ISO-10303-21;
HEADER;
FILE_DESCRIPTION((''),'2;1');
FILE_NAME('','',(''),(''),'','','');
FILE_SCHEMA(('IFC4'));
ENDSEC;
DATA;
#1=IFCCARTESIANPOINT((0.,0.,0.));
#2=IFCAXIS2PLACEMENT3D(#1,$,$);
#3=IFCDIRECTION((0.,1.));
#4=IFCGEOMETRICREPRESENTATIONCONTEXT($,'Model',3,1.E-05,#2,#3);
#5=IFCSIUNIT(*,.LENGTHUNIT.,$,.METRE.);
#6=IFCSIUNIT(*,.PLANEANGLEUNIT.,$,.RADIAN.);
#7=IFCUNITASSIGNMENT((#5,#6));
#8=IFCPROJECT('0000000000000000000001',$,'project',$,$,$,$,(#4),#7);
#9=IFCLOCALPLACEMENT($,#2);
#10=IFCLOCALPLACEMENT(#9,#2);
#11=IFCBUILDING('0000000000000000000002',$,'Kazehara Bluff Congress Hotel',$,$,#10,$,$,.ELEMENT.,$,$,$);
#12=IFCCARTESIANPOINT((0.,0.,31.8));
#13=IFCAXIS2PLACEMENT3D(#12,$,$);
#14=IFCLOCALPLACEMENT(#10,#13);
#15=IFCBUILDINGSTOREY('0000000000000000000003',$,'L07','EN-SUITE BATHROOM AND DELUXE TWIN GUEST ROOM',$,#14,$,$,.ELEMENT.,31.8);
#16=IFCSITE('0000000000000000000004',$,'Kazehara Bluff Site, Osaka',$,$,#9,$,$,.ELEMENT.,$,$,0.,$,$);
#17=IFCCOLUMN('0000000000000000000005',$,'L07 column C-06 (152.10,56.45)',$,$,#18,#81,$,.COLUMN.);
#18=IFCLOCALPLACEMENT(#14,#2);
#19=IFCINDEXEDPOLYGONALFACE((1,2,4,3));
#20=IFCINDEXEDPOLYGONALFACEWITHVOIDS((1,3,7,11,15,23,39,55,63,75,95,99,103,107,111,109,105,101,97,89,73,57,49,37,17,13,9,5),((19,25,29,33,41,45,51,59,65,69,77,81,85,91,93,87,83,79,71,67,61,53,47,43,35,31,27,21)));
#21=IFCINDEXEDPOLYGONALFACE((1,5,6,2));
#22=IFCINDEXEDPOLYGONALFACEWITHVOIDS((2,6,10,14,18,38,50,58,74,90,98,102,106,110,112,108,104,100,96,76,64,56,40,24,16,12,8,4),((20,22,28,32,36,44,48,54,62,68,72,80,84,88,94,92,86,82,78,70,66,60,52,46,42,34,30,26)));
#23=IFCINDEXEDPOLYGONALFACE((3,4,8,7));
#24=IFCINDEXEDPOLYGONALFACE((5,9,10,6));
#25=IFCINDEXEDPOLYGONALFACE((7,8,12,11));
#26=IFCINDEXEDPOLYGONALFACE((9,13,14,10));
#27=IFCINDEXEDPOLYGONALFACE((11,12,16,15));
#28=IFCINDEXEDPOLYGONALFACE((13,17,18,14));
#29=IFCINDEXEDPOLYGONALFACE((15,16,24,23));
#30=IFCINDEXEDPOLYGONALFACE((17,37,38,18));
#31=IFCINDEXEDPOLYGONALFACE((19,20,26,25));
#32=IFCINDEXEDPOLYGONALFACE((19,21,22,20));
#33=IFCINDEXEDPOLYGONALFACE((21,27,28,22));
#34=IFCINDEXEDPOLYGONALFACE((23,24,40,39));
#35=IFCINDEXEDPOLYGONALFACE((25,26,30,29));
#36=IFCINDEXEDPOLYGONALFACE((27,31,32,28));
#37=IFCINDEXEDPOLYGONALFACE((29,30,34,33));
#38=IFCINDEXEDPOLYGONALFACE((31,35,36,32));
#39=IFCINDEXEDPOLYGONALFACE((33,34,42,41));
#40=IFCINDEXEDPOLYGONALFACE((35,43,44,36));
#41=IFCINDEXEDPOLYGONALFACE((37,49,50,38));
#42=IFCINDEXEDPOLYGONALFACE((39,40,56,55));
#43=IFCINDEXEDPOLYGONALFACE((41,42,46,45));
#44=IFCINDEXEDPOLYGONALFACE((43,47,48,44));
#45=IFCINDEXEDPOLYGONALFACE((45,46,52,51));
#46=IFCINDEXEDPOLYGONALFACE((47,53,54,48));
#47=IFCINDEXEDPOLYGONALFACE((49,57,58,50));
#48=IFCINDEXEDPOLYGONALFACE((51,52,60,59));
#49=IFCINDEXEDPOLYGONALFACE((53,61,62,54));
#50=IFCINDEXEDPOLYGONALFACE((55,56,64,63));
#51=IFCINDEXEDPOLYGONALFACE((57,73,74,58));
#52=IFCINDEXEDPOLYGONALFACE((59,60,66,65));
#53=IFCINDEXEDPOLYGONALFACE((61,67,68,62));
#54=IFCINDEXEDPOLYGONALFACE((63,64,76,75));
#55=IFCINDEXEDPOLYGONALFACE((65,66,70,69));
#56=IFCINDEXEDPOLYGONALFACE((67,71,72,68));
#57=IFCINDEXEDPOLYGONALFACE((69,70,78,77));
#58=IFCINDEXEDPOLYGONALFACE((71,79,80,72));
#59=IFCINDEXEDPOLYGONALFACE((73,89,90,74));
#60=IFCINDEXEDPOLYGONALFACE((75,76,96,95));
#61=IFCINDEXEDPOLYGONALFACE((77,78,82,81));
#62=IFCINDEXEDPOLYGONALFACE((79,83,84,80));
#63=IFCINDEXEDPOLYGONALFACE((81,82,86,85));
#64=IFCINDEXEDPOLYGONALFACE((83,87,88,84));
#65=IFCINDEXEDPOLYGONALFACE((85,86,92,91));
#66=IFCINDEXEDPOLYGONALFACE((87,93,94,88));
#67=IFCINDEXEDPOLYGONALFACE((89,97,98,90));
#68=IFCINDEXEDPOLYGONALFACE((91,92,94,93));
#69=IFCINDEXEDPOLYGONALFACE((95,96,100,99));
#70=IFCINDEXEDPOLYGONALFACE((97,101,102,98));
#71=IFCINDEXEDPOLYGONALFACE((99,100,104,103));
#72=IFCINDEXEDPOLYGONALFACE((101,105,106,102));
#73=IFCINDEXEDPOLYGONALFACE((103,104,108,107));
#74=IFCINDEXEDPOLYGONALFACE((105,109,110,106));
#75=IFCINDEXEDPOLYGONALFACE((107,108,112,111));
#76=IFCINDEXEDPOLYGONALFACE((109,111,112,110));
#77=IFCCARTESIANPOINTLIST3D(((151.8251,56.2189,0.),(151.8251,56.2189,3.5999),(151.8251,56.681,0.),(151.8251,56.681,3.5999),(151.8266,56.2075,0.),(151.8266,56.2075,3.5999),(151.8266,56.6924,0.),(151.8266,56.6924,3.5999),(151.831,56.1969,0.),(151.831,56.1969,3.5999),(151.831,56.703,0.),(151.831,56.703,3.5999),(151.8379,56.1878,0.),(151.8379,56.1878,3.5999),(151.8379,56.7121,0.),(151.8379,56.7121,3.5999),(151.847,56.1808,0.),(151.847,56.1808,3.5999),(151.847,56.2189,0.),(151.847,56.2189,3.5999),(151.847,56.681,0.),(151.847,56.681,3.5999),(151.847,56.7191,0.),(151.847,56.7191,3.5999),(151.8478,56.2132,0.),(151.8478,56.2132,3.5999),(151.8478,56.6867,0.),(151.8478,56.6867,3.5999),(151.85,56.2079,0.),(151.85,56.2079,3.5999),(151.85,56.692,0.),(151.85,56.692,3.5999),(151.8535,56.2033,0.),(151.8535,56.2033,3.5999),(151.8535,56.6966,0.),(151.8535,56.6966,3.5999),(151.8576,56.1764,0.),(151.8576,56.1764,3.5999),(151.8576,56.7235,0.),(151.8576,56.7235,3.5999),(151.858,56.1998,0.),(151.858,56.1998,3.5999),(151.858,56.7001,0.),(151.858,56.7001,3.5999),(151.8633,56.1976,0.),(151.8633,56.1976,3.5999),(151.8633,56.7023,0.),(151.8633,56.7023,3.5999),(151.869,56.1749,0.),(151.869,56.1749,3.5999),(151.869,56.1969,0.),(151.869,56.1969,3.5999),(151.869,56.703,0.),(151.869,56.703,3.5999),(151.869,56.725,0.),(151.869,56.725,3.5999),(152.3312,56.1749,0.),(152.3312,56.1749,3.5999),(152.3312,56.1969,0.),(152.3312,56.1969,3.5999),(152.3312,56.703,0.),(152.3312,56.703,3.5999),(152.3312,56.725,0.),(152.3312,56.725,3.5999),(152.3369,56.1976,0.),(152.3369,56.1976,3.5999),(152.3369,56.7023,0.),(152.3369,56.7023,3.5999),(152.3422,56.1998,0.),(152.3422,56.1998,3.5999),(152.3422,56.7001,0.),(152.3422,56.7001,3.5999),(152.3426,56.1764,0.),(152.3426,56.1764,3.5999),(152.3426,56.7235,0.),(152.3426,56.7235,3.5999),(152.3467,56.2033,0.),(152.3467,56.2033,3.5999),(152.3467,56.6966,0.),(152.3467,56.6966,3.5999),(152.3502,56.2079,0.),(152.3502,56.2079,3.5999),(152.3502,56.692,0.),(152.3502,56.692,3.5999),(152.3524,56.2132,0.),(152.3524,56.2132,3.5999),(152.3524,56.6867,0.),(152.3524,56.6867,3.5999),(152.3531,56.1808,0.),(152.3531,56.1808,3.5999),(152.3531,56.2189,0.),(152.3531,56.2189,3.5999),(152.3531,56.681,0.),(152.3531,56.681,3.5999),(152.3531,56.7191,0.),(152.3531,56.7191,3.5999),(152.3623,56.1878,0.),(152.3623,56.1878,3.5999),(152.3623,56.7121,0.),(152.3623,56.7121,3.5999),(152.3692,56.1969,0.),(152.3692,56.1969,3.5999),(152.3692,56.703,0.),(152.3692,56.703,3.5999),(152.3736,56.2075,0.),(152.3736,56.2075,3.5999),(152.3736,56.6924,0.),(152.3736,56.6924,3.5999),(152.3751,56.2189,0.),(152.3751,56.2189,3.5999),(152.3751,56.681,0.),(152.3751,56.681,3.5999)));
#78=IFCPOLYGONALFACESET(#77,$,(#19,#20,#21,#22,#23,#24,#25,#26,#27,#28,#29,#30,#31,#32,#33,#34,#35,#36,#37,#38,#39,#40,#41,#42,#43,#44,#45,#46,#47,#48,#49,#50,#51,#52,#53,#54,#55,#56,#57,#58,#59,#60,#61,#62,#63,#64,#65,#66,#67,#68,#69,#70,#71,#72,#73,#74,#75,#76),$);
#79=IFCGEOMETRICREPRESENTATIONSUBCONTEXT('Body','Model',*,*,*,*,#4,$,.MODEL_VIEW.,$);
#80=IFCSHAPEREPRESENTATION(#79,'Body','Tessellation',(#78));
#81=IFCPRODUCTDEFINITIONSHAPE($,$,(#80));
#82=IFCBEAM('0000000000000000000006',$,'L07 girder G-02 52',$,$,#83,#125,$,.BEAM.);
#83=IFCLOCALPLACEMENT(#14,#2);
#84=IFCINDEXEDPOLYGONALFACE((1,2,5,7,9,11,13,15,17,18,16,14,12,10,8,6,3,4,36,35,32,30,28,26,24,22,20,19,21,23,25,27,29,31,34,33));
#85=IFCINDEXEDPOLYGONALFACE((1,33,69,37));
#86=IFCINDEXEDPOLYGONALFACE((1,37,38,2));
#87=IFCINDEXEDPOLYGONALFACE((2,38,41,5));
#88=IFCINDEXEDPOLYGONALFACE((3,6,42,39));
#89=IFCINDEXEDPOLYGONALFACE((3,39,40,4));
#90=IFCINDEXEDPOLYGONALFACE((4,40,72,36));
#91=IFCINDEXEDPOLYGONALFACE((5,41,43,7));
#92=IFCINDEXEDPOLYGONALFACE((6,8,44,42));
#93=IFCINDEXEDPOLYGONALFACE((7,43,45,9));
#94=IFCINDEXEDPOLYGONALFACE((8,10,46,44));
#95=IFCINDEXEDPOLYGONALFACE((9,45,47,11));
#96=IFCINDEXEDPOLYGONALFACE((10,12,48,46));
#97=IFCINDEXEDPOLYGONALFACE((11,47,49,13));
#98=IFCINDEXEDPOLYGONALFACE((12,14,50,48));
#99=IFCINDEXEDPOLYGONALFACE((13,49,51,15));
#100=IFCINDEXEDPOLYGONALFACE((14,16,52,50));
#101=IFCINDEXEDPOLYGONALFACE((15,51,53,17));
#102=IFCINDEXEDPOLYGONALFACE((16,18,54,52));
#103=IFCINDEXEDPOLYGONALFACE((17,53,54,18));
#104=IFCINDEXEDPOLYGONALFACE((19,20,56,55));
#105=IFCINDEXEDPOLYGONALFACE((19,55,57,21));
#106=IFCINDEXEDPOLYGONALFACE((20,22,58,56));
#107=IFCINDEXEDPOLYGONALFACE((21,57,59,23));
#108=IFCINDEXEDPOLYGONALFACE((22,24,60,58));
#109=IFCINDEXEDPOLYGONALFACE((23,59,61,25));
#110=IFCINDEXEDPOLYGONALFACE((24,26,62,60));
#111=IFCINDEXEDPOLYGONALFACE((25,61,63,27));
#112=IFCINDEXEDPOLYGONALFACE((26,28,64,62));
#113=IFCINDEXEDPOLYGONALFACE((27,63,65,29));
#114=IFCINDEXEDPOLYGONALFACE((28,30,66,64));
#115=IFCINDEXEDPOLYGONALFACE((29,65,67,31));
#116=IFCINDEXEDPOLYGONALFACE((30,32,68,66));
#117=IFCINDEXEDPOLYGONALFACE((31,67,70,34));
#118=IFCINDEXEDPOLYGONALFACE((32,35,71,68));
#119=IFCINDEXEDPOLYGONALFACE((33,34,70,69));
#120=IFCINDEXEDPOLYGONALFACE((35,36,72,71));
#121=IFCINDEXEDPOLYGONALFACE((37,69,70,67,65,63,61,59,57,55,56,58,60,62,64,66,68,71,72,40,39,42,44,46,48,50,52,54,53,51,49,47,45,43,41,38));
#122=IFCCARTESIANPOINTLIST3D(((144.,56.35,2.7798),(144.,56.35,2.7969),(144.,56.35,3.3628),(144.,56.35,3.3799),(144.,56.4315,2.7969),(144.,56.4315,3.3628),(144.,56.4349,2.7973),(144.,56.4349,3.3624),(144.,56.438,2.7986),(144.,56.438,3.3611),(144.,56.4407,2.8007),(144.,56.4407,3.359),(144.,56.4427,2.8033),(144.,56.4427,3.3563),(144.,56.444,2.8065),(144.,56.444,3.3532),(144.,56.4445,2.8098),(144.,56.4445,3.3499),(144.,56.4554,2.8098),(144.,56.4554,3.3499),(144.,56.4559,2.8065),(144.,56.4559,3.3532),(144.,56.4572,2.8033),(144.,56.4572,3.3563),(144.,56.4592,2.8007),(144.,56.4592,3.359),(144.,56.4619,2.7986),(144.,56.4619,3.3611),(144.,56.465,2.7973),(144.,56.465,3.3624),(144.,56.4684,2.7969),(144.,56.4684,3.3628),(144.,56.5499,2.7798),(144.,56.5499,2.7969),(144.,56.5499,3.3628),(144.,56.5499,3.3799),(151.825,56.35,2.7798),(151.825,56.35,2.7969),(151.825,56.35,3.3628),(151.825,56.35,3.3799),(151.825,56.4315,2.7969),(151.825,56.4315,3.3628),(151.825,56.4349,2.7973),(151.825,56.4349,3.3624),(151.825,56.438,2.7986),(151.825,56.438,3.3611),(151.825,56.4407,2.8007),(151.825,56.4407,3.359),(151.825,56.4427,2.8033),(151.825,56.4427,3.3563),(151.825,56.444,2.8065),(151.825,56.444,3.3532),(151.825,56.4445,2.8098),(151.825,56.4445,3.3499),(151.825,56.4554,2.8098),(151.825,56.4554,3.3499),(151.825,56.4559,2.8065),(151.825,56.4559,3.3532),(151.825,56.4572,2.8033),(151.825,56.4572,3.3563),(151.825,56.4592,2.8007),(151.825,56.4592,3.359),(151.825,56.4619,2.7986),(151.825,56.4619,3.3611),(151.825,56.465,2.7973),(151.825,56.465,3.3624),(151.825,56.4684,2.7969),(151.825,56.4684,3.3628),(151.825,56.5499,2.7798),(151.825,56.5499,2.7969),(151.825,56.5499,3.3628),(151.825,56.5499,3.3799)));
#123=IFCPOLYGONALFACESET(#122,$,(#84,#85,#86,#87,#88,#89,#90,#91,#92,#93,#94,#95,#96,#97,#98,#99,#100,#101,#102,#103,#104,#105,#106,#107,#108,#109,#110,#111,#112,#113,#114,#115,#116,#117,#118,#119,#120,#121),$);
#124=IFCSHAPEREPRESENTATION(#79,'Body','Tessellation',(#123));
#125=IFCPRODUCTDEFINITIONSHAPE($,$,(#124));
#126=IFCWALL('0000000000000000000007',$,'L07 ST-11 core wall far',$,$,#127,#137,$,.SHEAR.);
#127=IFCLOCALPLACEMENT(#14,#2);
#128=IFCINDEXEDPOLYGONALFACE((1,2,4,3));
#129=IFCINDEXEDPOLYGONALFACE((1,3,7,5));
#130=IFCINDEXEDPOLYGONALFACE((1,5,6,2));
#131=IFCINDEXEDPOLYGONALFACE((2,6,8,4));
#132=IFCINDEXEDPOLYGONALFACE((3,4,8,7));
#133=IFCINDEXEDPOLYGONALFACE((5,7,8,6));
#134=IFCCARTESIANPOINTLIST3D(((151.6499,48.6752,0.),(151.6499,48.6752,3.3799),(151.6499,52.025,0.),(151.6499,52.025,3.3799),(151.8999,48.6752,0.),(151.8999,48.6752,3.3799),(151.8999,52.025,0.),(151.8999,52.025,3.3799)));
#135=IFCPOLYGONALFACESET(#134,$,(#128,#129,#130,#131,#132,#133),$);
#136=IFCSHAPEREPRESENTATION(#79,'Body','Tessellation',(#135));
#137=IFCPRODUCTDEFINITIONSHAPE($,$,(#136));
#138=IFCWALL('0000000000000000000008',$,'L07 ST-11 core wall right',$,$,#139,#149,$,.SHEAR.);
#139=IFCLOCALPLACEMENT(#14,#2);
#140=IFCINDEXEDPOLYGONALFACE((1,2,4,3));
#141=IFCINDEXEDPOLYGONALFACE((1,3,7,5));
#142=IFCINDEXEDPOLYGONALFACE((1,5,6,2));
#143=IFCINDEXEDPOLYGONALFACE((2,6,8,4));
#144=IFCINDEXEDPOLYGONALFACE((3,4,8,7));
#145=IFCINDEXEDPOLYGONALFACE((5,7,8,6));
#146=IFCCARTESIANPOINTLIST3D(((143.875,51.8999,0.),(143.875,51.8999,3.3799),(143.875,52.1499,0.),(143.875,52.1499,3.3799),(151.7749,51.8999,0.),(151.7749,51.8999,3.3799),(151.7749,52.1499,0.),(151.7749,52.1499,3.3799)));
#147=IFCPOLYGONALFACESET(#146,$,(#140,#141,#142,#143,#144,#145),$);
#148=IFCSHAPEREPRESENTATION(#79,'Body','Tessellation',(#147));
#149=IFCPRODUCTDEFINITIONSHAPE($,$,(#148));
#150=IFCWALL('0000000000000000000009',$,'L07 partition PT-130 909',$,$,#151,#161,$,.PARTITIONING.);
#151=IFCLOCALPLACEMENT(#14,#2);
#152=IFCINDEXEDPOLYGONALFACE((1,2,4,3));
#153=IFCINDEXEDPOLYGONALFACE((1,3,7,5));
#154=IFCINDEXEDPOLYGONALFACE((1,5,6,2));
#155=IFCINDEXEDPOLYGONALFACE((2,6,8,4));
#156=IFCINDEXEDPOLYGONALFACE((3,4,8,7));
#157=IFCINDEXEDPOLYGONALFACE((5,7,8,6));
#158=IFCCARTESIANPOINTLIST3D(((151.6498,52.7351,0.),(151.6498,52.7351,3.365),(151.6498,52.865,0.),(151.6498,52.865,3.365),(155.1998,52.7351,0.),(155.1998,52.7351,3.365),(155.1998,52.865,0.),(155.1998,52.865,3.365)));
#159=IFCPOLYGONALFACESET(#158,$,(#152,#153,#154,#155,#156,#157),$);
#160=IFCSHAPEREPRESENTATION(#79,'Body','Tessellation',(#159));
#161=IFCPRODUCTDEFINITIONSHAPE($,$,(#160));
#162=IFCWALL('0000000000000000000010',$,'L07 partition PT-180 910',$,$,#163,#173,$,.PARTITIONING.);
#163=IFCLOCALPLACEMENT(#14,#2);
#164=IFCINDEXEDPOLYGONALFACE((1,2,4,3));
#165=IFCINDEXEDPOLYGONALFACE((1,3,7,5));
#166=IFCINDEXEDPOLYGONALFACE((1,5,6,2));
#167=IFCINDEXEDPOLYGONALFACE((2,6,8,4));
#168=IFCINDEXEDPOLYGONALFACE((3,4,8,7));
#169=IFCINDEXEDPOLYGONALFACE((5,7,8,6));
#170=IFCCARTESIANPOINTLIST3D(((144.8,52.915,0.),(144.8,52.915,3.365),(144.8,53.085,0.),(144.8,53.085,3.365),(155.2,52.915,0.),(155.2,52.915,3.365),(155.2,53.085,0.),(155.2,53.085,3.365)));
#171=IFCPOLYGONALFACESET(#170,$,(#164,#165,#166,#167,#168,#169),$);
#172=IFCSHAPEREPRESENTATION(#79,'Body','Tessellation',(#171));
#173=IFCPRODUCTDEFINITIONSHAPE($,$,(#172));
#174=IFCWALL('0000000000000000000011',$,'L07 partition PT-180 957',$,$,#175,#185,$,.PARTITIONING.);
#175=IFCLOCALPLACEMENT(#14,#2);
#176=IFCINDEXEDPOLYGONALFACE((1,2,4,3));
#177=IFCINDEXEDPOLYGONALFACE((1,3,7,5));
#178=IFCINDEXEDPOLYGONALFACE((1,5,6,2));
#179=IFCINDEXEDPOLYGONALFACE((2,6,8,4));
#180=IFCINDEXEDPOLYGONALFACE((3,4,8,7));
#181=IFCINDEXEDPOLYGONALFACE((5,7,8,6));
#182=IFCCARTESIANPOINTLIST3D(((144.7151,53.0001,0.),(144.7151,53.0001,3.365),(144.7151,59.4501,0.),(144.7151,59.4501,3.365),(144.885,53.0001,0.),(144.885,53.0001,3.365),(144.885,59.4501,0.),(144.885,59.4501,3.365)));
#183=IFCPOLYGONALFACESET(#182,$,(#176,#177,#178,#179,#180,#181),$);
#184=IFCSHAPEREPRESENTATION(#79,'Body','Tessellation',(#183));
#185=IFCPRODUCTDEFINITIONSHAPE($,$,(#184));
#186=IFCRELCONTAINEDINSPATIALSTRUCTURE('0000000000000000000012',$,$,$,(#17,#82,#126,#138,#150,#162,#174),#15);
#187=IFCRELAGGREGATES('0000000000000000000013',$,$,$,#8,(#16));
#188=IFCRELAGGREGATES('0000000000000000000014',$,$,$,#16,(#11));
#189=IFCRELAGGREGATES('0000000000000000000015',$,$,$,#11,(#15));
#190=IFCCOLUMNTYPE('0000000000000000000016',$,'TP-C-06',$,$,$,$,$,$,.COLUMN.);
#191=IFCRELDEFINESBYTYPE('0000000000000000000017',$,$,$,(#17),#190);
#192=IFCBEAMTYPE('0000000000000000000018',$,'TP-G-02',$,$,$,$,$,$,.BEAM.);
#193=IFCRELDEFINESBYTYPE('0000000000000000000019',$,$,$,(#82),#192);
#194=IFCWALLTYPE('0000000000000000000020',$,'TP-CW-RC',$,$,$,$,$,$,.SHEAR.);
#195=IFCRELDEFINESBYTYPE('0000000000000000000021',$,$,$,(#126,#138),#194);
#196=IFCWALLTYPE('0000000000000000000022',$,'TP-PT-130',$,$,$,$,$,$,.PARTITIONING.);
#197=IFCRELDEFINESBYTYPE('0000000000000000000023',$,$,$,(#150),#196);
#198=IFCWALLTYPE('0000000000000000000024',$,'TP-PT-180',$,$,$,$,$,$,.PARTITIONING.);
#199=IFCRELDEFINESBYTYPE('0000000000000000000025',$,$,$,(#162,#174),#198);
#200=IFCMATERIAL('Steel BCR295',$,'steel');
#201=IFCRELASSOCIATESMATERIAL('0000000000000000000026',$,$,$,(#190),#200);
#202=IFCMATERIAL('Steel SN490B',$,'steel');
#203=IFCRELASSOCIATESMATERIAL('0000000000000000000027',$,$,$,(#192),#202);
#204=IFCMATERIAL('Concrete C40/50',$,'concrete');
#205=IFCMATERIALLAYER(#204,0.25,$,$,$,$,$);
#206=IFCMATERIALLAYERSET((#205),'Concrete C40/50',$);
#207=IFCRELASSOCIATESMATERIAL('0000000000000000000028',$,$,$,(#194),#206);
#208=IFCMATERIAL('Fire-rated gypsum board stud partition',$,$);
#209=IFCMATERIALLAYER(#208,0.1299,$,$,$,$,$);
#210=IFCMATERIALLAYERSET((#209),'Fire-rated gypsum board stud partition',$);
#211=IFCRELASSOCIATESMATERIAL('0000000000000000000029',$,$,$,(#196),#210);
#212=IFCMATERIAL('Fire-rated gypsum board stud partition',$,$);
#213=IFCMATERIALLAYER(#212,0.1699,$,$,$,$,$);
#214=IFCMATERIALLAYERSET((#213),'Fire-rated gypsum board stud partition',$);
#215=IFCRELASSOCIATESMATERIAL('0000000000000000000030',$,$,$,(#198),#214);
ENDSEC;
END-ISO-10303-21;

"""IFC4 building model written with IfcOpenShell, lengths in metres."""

from ifc_helpers import new_model, si_unit, direction, frame, frame_2d, origin, origin_2d, place, context, subcontext, project, spatial, rectangle, hollow_rectangle, i_section, extrude, material, layer, layer_set, material_profile, profile_set, type_object, element, save


model = new_model("IFC4")

# Units and contexts
model_context = context("Model", 3, precision=1e-05, world=origin(), true_north=direction((0.0, 1.0)))
body_context = subcontext(model_context, "Body", "Model", "MODEL_VIEW")
ifc_project = project(units=[si_unit("LENGTHUNIT", "METRE"), si_unit("PLANEANGLEUNIT", "RADIAN")], contexts=[model_context])

# Site, building, storey
site_placement = place(None, origin())
site = spatial("IfcSite", under=ifc_project, at=site_placement, Name="Kazehara Bluff Site, Osaka", CompositionType="ELEMENT", RefElevation=0.0)
building_placement = place(site_placement, origin())
building = spatial("IfcBuilding", under=site, at=building_placement, Name="Kazehara Bluff Congress Hotel", CompositionType="ELEMENT")
storey_placement = place(building_placement, frame((0.0, 0.0, 31.8)))
storey = spatial("IfcBuildingStorey", under=building, at=storey_placement, Name="L07", Description="EN-SUITE BATHROOM AND DELUXE TWIN GUEST ROOM", CompositionType="ELEMENT", Elevation=31.8)

# Column
ifc_material_1 = material(Name="Steel BCR295", Category="steel")
ifc_material_profile_1 = material_profile(ifc_material_1, hollow_rectangle(XDim=0.55, YDim=0.55, WallThickness=0.022, InnerFilletRadius=0.022, OuterFilletRadius=0.0439, at=origin_2d()))
ifc_profile_set_1 = profile_set([ifc_material_profile_1], Name="Steel BCR295")
column_type = type_object("IfcColumnType", Name="TP-C-06", PredefinedType="COLUMN", material=ifc_profile_set_1)
column_placement = place(storey_placement, frame((152.1001, 56.45, 0.0), z_axis=(0.0, 0.0, 1.0), x_axis=(1.0, 0.0, 0.0)))
element("IfcColumn", 1, at=column_placement, inside=storey, type_object=column_type, Name="L07 column C-06 (152.10,56.45)", PredefinedType="COLUMN", context=body_context, shape_type="SweptSolid", body=[
    extrude(hollow_rectangle(XDim=0.55, YDim=0.55, WallThickness=0.022, InnerFilletRadius=0.022, OuterFilletRadius=0.0439, at=origin_2d()), origin(), (0.0, 0.0, 1.0), 3.5999),
])

# Beam
ifc_material_2 = material(Name="Steel SN490B", Category="steel")
ifc_material_profile_2 = material_profile(ifc_material_2, i_section(OverallWidth=0.2, OverallDepth=0.6001, WebThickness=0.011, FlangeThickness=0.0171, FilletRadius=0.0129, at=origin_2d()))
ifc_profile_set_2 = profile_set([ifc_material_profile_2], Name="Steel SN490B")
beam_type = type_object("IfcBeamType", Name="TP-G-02", PredefinedType="BEAM", material=ifc_profile_set_2)
beam_placement = place(storey_placement, frame((144.0, 56.45, 3.0798), z_axis=(1.0, 0.0, 0.0), x_axis=(0.0, 1.0, 0.0)))
element("IfcBeam", 2, at=beam_placement, inside=storey, type_object=beam_type, Name="L07 girder G-02 52", PredefinedType="BEAM", context=body_context, shape_type="SweptSolid", body=[
    extrude(i_section(OverallWidth=0.2, OverallDepth=0.6001, WebThickness=0.011, FlangeThickness=0.0171, FilletRadius=0.0129, at=origin_2d()), origin(), (0.0, 0.0, 1.0), 7.825),
])

# Walls
ifc_material_3 = material(Name="Concrete C40/50", Category="concrete")
ifc_layer_1 = layer(ifc_material_3, 0.25)
ifc_layer_set_1 = layer_set([ifc_layer_1], Name="Concrete C40/50")
wall_type_1 = type_object("IfcWallType", Name="TP-CW-RC", PredefinedType="SHEAR", material=ifc_layer_set_1)
wall_1_placement = place(storey_placement, frame((151.7749, 52.0249, 0.0), z_axis=(0.0, 0.0, 1.0), x_axis=(0.0, -1.0, 0.0)))
element("IfcWall", 3, at=wall_1_placement, inside=storey, type_object=wall_type_1, Name="L07 ST-11 core wall far", PredefinedType="SHEAR", context=body_context, shape_type="SweptSolid", body=[
    extrude(rectangle(XDim=3.3499, YDim=0.25, at=frame_2d((1.6748, 0.0))), origin(), (0.0, 0.0, 1.0), 3.3799),
])
wall_2_placement = place(storey_placement, frame((143.875, 52.0249, 0.0), z_axis=(0.0, 0.0, 1.0), x_axis=(1.0, 0.0, 0.0)))
element("IfcWall", 4, at=wall_2_placement, inside=storey, type_object=wall_type_1, Name="L07 ST-11 core wall right", PredefinedType="SHEAR", context=body_context, shape_type="SweptSolid", body=[
    extrude(rectangle(XDim=7.8999, YDim=0.25, at=frame_2d((3.95, 0.0))), origin(), (0.0, 0.0, 1.0), 3.3799),
])
ifc_material_4 = material(Name="Fire-rated gypsum board stud partition")
ifc_layer_2 = layer(ifc_material_4, 0.1299)
ifc_layer_set_2 = layer_set([ifc_layer_2], Name="Fire-rated gypsum board stud partition")
wall_type_2 = type_object("IfcWallType", Name="TP-PT-130", PredefinedType="PARTITIONING", material=ifc_layer_set_2)
wall_3_placement = place(storey_placement, frame((151.6499, 52.8, 0.0), z_axis=(0.0, 0.0, 1.0), x_axis=(1.0, 0.0, 0.0)))
element("IfcWall", 5, at=wall_3_placement, inside=storey, type_object=wall_type_2, Name="L07 partition PT-130 909", PredefinedType="PARTITIONING", context=body_context, shape_type="SweptSolid", body=[
    extrude(rectangle(XDim=3.55, YDim=0.1299, at=frame_2d((1.7749, 0.0))), origin(), (0.0, 0.0, 1.0), 3.365),
])
ifc_material_5 = material(Name="Fire-rated gypsum board stud partition")
ifc_layer_3 = layer(ifc_material_5, 0.1699)
ifc_layer_set_3 = layer_set([ifc_layer_3], Name="Fire-rated gypsum board stud partition")
wall_type_3 = type_object("IfcWallType", Name="TP-PT-180", PredefinedType="PARTITIONING", material=ifc_layer_set_3)
wall_4_placement = place(storey_placement, frame((144.8, 53.0, 0.0), z_axis=(0.0, 0.0, 1.0), x_axis=(1.0, 0.0, 0.0)))
element("IfcWall", 6, at=wall_4_placement, inside=storey, type_object=wall_type_3, Name="L07 partition PT-180 910", PredefinedType="PARTITIONING", context=body_context, shape_type="SweptSolid", body=[
    extrude(rectangle(XDim=10.3999, YDim=0.1699, at=frame_2d((5.2, 0.0))), origin(), (0.0, 0.0, 1.0), 3.365),
])
wall_5_placement = place(storey_placement, frame((144.8, 53.0, 0.0), z_axis=(0.0, 0.0, 1.0), x_axis=(0.0, 1.0, 0.0)))
element("IfcWall", 7, at=wall_5_placement, inside=storey, type_object=wall_type_3, Name="L07 partition PT-180 957", PredefinedType="PARTITIONING", context=body_context, shape_type="SweptSolid", body=[
    extrude(rectangle(XDim=6.45, YDim=0.1699, at=frame_2d((3.2251, 0.0))), origin(), (0.0, 0.0, 1.0), 3.365),
])

save(model, "model.ifc")
